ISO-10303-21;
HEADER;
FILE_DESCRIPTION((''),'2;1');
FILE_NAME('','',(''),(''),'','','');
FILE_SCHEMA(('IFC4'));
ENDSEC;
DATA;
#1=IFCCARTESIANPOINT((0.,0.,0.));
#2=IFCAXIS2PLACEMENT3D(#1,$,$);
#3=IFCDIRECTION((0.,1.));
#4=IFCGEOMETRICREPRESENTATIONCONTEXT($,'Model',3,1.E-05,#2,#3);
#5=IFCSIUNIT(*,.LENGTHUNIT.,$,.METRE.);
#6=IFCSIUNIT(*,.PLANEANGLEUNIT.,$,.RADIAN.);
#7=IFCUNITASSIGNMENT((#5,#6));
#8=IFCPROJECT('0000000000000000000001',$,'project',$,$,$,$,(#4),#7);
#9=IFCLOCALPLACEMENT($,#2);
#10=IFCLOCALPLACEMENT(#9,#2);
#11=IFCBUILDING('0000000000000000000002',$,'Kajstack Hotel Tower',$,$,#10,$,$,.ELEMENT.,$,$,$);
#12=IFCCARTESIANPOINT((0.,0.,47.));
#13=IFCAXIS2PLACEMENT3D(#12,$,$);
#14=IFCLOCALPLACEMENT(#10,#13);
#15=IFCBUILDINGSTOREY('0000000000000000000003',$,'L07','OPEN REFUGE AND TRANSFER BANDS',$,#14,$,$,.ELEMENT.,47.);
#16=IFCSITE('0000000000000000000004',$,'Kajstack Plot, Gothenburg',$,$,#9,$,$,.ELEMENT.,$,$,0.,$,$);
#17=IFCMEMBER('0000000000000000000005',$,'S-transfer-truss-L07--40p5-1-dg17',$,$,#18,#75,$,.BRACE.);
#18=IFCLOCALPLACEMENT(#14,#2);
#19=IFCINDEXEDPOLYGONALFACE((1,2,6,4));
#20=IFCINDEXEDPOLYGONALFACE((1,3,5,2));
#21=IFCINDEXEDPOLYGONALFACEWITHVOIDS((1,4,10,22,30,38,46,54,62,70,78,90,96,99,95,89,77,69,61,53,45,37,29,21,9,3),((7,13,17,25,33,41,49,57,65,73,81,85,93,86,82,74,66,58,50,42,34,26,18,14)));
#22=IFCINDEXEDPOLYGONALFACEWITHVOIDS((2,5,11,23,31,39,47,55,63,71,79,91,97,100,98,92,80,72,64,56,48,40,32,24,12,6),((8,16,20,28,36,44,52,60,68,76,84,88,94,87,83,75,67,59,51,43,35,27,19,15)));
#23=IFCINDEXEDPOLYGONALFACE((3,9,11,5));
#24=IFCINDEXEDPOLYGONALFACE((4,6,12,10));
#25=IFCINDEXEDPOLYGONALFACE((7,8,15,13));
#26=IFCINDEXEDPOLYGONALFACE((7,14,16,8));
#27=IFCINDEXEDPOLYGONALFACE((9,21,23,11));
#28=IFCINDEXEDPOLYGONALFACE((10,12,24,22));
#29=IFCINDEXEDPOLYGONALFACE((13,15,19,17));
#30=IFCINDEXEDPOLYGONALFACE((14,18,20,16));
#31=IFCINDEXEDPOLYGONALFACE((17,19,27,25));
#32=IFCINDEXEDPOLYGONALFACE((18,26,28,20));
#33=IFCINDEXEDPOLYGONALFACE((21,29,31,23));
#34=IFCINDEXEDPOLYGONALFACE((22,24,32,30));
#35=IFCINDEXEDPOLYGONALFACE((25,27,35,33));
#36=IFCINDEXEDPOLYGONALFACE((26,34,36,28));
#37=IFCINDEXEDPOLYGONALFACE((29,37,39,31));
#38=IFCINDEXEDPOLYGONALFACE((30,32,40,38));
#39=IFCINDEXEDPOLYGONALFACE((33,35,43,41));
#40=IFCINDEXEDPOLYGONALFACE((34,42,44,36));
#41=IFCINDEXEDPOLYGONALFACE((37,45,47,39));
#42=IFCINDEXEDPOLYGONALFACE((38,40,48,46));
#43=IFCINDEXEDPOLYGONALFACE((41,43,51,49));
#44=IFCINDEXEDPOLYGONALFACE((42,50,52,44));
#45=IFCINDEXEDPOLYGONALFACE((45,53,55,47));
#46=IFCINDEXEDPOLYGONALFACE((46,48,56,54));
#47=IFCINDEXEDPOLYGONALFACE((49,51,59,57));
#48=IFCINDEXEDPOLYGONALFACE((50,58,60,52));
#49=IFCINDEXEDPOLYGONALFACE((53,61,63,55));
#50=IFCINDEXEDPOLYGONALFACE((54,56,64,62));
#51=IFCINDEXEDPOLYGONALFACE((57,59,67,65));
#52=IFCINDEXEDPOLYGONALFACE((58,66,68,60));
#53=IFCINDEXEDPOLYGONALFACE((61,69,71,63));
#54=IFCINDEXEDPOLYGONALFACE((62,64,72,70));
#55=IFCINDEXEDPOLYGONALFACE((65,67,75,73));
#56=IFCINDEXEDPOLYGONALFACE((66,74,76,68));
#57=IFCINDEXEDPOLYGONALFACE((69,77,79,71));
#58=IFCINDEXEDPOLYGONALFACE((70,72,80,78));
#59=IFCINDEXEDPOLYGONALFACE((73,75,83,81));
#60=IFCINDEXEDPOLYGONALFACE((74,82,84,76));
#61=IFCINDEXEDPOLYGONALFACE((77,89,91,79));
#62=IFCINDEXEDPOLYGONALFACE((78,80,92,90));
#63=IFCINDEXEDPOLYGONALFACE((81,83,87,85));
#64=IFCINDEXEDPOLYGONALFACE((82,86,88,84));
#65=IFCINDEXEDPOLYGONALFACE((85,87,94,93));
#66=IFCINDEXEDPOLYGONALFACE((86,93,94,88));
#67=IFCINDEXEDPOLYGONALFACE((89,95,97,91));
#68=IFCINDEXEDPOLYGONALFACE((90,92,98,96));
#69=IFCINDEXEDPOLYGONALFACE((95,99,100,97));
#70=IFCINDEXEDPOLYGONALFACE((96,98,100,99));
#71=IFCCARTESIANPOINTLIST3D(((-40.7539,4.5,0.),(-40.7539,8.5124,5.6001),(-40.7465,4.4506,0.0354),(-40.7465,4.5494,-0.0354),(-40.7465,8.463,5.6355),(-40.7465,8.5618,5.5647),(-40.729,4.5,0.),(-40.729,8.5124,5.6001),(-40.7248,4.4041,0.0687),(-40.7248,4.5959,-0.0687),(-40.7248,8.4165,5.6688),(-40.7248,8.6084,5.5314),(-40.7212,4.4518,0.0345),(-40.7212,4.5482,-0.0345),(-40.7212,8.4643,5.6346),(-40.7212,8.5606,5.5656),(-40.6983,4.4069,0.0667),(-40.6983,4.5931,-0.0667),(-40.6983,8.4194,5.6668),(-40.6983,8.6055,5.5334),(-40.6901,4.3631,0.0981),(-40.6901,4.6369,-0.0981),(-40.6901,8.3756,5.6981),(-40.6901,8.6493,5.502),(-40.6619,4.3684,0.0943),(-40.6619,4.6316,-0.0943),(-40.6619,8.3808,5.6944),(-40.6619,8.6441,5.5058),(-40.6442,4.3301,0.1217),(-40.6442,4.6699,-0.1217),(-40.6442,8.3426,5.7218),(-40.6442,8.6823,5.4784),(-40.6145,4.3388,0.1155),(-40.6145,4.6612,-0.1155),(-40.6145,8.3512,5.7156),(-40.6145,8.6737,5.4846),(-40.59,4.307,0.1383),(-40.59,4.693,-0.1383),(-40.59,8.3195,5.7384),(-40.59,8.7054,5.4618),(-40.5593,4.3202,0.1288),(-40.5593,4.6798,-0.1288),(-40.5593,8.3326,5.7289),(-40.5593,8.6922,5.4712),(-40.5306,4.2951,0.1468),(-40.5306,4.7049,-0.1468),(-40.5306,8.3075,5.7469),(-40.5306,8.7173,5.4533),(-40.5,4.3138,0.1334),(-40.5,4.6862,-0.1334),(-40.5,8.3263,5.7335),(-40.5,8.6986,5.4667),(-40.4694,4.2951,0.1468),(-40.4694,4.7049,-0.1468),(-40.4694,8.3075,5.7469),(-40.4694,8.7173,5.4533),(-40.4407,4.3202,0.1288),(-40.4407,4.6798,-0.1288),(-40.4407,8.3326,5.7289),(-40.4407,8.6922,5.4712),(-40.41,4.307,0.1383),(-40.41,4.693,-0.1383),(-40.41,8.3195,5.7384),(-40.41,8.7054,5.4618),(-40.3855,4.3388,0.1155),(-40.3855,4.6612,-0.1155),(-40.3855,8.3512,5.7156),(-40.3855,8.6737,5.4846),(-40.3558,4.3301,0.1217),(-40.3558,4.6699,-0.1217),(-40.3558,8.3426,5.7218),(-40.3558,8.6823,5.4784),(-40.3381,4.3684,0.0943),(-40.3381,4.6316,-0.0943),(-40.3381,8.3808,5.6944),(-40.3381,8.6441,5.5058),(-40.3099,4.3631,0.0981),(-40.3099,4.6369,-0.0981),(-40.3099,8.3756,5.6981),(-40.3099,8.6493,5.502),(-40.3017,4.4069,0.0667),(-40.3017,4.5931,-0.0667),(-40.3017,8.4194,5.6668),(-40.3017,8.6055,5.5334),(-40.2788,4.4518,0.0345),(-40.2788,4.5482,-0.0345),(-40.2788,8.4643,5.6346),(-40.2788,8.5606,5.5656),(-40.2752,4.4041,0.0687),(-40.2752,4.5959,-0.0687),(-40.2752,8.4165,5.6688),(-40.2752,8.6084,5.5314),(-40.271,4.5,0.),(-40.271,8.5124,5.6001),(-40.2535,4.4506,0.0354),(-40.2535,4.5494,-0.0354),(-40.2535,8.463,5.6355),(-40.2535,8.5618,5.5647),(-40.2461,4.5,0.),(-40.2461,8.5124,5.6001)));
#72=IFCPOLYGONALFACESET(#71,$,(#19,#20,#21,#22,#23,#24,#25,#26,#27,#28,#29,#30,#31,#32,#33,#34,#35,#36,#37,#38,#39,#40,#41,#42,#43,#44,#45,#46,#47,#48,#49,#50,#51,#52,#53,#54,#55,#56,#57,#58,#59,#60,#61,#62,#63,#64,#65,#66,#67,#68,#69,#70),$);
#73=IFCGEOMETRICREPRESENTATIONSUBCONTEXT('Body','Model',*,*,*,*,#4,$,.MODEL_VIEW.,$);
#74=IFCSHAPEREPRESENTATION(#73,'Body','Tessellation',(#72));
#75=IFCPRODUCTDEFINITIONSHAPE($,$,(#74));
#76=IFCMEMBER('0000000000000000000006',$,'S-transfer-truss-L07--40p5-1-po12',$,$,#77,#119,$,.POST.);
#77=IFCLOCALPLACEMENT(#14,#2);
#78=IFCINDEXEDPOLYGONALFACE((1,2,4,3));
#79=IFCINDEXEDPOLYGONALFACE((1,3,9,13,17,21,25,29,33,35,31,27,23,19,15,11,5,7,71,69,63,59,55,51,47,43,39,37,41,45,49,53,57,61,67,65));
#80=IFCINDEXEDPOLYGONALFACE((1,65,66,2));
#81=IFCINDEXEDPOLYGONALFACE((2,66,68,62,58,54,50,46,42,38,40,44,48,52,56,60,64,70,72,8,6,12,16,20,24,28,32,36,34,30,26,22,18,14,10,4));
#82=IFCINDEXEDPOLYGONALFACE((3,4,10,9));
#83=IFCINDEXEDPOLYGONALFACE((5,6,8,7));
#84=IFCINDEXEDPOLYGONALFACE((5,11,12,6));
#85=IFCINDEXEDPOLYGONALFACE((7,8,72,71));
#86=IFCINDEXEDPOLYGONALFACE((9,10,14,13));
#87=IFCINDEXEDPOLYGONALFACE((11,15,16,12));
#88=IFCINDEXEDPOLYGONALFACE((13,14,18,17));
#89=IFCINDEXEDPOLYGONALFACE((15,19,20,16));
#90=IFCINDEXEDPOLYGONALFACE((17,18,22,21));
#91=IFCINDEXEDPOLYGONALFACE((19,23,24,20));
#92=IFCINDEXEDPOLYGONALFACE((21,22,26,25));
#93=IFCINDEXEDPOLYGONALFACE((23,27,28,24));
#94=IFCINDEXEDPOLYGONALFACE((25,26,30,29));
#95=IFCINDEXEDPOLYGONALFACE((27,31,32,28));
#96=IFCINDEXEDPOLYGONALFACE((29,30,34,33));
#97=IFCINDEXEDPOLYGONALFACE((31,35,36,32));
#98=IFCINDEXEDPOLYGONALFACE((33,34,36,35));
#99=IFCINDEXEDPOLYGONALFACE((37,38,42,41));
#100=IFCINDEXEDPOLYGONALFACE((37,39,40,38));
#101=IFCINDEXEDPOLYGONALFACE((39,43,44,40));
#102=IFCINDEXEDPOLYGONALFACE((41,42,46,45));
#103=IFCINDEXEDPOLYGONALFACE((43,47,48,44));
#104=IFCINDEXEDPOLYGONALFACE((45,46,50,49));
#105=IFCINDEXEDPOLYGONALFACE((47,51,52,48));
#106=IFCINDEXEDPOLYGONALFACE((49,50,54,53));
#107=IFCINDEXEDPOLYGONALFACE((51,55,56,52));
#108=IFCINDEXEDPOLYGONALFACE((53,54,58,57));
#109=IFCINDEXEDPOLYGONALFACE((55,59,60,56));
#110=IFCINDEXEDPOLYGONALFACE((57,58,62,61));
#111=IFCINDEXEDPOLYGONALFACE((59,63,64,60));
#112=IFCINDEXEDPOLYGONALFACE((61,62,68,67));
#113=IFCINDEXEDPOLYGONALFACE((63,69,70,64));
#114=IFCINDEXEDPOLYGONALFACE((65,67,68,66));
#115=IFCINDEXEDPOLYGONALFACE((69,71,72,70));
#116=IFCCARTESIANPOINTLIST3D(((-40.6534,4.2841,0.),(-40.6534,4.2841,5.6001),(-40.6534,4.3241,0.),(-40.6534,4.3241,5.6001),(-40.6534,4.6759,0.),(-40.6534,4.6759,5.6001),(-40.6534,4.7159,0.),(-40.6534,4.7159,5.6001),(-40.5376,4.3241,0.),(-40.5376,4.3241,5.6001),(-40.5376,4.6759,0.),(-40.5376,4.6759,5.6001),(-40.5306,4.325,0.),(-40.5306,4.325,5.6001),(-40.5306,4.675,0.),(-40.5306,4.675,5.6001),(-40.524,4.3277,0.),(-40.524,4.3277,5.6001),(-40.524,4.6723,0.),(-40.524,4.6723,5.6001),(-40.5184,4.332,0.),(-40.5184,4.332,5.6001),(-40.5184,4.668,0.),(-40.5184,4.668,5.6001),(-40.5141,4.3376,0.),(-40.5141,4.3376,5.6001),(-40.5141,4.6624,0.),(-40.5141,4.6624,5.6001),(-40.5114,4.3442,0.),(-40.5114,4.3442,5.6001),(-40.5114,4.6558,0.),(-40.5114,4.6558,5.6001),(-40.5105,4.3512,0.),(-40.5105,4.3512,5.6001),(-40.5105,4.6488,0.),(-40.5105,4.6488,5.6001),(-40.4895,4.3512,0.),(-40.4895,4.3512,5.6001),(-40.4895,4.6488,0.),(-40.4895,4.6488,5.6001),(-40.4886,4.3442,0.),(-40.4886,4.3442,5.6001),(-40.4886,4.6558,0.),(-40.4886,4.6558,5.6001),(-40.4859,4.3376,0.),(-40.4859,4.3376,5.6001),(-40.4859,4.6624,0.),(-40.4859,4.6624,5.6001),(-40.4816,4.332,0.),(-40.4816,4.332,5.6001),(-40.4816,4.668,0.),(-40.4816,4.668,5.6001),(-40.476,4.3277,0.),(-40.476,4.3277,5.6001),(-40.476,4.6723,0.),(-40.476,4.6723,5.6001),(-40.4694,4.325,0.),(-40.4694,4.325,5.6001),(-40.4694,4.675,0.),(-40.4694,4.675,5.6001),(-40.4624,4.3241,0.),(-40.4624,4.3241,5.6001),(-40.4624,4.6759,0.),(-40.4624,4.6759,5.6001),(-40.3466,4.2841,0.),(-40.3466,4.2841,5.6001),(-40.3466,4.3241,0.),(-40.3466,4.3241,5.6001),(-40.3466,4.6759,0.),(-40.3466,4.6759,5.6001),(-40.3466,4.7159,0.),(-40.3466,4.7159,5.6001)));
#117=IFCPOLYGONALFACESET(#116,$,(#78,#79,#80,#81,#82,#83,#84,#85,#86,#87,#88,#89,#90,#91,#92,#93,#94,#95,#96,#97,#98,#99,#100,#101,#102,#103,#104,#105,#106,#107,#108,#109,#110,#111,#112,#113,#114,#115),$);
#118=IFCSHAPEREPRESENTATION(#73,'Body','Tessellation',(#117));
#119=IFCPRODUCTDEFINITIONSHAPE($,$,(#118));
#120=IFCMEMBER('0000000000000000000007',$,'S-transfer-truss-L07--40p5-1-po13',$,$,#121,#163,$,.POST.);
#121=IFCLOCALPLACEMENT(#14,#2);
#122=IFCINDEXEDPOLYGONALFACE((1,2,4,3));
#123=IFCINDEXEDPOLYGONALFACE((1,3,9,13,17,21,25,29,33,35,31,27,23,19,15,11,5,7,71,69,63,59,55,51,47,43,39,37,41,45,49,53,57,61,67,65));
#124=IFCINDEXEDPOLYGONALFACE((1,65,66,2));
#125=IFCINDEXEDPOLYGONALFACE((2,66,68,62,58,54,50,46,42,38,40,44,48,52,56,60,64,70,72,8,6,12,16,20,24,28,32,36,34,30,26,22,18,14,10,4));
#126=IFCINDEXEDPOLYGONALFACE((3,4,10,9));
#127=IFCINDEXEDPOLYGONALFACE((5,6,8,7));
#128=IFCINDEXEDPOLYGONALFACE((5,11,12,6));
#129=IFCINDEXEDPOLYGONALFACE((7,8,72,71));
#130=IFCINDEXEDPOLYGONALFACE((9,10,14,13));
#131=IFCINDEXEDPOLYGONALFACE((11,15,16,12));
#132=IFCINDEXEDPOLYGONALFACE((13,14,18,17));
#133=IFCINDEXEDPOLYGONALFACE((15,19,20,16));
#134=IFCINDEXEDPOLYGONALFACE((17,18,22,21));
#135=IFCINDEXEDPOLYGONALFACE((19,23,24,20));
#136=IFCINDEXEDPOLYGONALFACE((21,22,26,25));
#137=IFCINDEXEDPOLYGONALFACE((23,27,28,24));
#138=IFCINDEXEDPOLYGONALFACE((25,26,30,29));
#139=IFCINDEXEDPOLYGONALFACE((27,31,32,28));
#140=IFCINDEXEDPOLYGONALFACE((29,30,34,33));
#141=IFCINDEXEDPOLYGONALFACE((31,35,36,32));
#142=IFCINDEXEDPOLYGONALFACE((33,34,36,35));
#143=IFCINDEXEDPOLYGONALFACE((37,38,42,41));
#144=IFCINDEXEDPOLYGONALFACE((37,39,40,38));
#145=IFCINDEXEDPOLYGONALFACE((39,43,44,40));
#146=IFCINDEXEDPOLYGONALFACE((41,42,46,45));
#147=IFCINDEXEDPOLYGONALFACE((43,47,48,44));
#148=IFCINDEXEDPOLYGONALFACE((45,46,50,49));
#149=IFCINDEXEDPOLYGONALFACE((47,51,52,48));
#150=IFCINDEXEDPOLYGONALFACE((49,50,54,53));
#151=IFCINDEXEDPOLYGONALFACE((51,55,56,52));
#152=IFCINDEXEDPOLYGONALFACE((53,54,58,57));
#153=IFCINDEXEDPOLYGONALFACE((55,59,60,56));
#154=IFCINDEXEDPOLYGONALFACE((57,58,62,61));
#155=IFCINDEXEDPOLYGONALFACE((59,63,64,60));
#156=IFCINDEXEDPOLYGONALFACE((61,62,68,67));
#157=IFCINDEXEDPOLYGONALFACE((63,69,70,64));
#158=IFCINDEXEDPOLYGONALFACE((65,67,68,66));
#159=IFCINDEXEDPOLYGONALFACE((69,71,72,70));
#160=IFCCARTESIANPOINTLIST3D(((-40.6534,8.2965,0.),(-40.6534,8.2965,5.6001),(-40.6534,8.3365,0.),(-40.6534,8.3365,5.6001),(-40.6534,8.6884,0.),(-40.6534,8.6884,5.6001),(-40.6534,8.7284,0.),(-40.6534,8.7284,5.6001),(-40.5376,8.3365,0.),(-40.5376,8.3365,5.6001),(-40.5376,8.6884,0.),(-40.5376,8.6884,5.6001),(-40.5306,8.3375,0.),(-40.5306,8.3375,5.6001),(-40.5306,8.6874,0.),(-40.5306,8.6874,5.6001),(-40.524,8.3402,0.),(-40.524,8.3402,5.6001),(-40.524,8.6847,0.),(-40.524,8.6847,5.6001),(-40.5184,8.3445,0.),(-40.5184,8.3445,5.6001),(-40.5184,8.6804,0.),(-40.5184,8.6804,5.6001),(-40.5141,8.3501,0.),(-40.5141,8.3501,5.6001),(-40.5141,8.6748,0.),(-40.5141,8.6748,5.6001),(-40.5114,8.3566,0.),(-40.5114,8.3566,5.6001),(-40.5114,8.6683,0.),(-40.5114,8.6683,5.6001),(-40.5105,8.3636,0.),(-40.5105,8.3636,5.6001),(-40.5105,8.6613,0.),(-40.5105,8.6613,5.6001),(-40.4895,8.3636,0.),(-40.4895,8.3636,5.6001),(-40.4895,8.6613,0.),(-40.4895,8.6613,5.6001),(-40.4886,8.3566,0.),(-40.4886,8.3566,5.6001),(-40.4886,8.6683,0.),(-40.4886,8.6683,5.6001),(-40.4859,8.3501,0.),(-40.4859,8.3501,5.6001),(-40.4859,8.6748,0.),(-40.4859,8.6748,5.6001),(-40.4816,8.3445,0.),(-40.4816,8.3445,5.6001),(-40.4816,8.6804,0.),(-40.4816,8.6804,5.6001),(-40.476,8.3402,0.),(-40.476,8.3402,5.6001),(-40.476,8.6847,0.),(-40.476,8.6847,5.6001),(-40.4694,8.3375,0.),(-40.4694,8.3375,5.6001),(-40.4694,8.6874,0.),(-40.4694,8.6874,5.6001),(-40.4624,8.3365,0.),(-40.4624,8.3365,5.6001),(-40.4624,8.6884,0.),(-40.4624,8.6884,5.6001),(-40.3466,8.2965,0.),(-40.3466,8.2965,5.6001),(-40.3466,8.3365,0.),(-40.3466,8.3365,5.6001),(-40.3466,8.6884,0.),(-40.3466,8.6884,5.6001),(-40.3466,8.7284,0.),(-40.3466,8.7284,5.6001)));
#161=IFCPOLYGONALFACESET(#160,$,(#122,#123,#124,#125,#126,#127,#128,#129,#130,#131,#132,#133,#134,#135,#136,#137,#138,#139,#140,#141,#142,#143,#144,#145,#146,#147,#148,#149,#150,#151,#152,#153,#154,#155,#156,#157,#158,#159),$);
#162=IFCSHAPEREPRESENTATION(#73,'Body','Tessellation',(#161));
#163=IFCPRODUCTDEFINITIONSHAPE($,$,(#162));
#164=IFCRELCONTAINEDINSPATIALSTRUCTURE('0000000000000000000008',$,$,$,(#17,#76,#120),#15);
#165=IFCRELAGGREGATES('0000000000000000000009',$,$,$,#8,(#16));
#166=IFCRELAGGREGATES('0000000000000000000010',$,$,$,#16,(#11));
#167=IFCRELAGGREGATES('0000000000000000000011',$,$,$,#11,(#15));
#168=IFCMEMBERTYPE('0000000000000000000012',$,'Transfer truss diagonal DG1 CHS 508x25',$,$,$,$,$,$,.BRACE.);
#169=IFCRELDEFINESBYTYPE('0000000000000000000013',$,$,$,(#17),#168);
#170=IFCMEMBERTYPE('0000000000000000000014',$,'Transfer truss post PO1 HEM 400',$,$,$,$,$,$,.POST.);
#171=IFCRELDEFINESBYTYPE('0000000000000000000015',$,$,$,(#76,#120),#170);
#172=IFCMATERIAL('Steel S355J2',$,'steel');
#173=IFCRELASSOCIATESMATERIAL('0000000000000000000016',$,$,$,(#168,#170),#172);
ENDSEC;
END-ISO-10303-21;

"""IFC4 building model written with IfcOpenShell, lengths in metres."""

from ifc_helpers import new_model, si_unit, direction, frame, origin, origin_2d, place, context, subcontext, project, spatial, hollow_circle, i_section, extrude, material, material_profile, profile_set, type_object, element, save


model = new_model("IFC4")

# Units and contexts
model_context = context("Model", 3, precision=1e-05, world=origin(), true_north=direction((0.0, 1.0)))
body_context = subcontext(model_context, "Body", "Model", "MODEL_VIEW")
ifc_project = project(units=[si_unit("LENGTHUNIT", "METRE"), si_unit("PLANEANGLEUNIT", "RADIAN")], contexts=[model_context])

# Site, building, storey
site_placement = place(None, origin())
site = spatial("IfcSite", under=ifc_project, at=site_placement, Name="Kajstack Plot, Gothenburg", CompositionType="ELEMENT", RefElevation=0.0)
building_placement = place(site_placement, origin())
building = spatial("IfcBuilding", under=site, at=building_placement, Name="Kajstack Hotel Tower", CompositionType="ELEMENT")
storey_placement = place(building_placement, frame((0.0, 0.0, 47.0)))
storey = spatial("IfcBuildingStorey", under=building, at=storey_placement, Name="L07", Description="OPEN REFUGE AND TRANSFER BANDS", CompositionType="ELEMENT", Elevation=47.0)

# Members
ifc_material_1 = material(Name="Steel S355J2", Category="steel")
ifc_material_profile_1 = material_profile(ifc_material_1, hollow_circle(Radius=0.2539, WallThickness=0.0249, at=origin_2d()), Name="CHS 508x25")
ifc_profile_set_1 = profile_set([ifc_material_profile_1], Name="Steel S355J2")
member_type_1 = type_object("IfcMemberType", Name="Transfer truss diagonal DG1 CHS 508x25", PredefinedType="BRACE", material=ifc_profile_set_1)
member_1_placement = place(storey_placement, frame((-40.5, 4.5, 0.0), z_axis=(0.0, 0.582428, 0.812883), x_axis=(-1.0, 0.0, 0.0)))
element("IfcMember", 1, at=member_1_placement, inside=storey, type_object=member_type_1, Name="S-transfer-truss-L07--40p5-1-dg17", PredefinedType="BRACE", context=body_context, shape_type="SweptSolid", body=[
    extrude(hollow_circle(Radius=0.2539, WallThickness=0.0249, at=origin_2d()), origin(), (0.0, 0.0, 1.0), 6.8892),
])
ifc_material_profile_2 = material_profile(ifc_material_1, i_section(OverallWidth=0.3069, OverallDepth=0.4319, WebThickness=0.021, FlangeThickness=0.04, FilletRadius=0.0271, at=origin_2d()), Name="HEM 400")
ifc_profile_set_2 = profile_set([ifc_material_profile_2], Name="Steel S355J2")
member_type_2 = type_object("IfcMemberType", Name="Transfer truss post PO1 HEM 400", PredefinedType="POST", material=ifc_profile_set_2)
for number, where, z_axis, x_axis, name in (
    (2, (-40.5, 4.5, 0.0), (0.0, 0.0, 1.0), (1.0, 0.0, 0.0), "S-transfer-truss-L07--40p5-1-po12"),
    (3, (-40.5, 8.5125, 0.0), (0.0, 0.0, 1.0), (1.0, 0.0, 0.0), "S-transfer-truss-L07--40p5-1-po13"),
):
    element("IfcMember", number, at=place(storey_placement, frame(where, z_axis=z_axis, x_axis=x_axis)), inside=storey, type_object=member_type_2, Name=name, PredefinedType="POST", context=body_context, shape_type="SweptSolid", body=[
        extrude(i_section(OverallWidth=0.3069, OverallDepth=0.4319, WebThickness=0.021, FlangeThickness=0.04, FilletRadius=0.0271, at=origin_2d()), origin(), (0.0, 0.0, 1.0), 5.6001),
    ])

save(model, "model.ifc")
